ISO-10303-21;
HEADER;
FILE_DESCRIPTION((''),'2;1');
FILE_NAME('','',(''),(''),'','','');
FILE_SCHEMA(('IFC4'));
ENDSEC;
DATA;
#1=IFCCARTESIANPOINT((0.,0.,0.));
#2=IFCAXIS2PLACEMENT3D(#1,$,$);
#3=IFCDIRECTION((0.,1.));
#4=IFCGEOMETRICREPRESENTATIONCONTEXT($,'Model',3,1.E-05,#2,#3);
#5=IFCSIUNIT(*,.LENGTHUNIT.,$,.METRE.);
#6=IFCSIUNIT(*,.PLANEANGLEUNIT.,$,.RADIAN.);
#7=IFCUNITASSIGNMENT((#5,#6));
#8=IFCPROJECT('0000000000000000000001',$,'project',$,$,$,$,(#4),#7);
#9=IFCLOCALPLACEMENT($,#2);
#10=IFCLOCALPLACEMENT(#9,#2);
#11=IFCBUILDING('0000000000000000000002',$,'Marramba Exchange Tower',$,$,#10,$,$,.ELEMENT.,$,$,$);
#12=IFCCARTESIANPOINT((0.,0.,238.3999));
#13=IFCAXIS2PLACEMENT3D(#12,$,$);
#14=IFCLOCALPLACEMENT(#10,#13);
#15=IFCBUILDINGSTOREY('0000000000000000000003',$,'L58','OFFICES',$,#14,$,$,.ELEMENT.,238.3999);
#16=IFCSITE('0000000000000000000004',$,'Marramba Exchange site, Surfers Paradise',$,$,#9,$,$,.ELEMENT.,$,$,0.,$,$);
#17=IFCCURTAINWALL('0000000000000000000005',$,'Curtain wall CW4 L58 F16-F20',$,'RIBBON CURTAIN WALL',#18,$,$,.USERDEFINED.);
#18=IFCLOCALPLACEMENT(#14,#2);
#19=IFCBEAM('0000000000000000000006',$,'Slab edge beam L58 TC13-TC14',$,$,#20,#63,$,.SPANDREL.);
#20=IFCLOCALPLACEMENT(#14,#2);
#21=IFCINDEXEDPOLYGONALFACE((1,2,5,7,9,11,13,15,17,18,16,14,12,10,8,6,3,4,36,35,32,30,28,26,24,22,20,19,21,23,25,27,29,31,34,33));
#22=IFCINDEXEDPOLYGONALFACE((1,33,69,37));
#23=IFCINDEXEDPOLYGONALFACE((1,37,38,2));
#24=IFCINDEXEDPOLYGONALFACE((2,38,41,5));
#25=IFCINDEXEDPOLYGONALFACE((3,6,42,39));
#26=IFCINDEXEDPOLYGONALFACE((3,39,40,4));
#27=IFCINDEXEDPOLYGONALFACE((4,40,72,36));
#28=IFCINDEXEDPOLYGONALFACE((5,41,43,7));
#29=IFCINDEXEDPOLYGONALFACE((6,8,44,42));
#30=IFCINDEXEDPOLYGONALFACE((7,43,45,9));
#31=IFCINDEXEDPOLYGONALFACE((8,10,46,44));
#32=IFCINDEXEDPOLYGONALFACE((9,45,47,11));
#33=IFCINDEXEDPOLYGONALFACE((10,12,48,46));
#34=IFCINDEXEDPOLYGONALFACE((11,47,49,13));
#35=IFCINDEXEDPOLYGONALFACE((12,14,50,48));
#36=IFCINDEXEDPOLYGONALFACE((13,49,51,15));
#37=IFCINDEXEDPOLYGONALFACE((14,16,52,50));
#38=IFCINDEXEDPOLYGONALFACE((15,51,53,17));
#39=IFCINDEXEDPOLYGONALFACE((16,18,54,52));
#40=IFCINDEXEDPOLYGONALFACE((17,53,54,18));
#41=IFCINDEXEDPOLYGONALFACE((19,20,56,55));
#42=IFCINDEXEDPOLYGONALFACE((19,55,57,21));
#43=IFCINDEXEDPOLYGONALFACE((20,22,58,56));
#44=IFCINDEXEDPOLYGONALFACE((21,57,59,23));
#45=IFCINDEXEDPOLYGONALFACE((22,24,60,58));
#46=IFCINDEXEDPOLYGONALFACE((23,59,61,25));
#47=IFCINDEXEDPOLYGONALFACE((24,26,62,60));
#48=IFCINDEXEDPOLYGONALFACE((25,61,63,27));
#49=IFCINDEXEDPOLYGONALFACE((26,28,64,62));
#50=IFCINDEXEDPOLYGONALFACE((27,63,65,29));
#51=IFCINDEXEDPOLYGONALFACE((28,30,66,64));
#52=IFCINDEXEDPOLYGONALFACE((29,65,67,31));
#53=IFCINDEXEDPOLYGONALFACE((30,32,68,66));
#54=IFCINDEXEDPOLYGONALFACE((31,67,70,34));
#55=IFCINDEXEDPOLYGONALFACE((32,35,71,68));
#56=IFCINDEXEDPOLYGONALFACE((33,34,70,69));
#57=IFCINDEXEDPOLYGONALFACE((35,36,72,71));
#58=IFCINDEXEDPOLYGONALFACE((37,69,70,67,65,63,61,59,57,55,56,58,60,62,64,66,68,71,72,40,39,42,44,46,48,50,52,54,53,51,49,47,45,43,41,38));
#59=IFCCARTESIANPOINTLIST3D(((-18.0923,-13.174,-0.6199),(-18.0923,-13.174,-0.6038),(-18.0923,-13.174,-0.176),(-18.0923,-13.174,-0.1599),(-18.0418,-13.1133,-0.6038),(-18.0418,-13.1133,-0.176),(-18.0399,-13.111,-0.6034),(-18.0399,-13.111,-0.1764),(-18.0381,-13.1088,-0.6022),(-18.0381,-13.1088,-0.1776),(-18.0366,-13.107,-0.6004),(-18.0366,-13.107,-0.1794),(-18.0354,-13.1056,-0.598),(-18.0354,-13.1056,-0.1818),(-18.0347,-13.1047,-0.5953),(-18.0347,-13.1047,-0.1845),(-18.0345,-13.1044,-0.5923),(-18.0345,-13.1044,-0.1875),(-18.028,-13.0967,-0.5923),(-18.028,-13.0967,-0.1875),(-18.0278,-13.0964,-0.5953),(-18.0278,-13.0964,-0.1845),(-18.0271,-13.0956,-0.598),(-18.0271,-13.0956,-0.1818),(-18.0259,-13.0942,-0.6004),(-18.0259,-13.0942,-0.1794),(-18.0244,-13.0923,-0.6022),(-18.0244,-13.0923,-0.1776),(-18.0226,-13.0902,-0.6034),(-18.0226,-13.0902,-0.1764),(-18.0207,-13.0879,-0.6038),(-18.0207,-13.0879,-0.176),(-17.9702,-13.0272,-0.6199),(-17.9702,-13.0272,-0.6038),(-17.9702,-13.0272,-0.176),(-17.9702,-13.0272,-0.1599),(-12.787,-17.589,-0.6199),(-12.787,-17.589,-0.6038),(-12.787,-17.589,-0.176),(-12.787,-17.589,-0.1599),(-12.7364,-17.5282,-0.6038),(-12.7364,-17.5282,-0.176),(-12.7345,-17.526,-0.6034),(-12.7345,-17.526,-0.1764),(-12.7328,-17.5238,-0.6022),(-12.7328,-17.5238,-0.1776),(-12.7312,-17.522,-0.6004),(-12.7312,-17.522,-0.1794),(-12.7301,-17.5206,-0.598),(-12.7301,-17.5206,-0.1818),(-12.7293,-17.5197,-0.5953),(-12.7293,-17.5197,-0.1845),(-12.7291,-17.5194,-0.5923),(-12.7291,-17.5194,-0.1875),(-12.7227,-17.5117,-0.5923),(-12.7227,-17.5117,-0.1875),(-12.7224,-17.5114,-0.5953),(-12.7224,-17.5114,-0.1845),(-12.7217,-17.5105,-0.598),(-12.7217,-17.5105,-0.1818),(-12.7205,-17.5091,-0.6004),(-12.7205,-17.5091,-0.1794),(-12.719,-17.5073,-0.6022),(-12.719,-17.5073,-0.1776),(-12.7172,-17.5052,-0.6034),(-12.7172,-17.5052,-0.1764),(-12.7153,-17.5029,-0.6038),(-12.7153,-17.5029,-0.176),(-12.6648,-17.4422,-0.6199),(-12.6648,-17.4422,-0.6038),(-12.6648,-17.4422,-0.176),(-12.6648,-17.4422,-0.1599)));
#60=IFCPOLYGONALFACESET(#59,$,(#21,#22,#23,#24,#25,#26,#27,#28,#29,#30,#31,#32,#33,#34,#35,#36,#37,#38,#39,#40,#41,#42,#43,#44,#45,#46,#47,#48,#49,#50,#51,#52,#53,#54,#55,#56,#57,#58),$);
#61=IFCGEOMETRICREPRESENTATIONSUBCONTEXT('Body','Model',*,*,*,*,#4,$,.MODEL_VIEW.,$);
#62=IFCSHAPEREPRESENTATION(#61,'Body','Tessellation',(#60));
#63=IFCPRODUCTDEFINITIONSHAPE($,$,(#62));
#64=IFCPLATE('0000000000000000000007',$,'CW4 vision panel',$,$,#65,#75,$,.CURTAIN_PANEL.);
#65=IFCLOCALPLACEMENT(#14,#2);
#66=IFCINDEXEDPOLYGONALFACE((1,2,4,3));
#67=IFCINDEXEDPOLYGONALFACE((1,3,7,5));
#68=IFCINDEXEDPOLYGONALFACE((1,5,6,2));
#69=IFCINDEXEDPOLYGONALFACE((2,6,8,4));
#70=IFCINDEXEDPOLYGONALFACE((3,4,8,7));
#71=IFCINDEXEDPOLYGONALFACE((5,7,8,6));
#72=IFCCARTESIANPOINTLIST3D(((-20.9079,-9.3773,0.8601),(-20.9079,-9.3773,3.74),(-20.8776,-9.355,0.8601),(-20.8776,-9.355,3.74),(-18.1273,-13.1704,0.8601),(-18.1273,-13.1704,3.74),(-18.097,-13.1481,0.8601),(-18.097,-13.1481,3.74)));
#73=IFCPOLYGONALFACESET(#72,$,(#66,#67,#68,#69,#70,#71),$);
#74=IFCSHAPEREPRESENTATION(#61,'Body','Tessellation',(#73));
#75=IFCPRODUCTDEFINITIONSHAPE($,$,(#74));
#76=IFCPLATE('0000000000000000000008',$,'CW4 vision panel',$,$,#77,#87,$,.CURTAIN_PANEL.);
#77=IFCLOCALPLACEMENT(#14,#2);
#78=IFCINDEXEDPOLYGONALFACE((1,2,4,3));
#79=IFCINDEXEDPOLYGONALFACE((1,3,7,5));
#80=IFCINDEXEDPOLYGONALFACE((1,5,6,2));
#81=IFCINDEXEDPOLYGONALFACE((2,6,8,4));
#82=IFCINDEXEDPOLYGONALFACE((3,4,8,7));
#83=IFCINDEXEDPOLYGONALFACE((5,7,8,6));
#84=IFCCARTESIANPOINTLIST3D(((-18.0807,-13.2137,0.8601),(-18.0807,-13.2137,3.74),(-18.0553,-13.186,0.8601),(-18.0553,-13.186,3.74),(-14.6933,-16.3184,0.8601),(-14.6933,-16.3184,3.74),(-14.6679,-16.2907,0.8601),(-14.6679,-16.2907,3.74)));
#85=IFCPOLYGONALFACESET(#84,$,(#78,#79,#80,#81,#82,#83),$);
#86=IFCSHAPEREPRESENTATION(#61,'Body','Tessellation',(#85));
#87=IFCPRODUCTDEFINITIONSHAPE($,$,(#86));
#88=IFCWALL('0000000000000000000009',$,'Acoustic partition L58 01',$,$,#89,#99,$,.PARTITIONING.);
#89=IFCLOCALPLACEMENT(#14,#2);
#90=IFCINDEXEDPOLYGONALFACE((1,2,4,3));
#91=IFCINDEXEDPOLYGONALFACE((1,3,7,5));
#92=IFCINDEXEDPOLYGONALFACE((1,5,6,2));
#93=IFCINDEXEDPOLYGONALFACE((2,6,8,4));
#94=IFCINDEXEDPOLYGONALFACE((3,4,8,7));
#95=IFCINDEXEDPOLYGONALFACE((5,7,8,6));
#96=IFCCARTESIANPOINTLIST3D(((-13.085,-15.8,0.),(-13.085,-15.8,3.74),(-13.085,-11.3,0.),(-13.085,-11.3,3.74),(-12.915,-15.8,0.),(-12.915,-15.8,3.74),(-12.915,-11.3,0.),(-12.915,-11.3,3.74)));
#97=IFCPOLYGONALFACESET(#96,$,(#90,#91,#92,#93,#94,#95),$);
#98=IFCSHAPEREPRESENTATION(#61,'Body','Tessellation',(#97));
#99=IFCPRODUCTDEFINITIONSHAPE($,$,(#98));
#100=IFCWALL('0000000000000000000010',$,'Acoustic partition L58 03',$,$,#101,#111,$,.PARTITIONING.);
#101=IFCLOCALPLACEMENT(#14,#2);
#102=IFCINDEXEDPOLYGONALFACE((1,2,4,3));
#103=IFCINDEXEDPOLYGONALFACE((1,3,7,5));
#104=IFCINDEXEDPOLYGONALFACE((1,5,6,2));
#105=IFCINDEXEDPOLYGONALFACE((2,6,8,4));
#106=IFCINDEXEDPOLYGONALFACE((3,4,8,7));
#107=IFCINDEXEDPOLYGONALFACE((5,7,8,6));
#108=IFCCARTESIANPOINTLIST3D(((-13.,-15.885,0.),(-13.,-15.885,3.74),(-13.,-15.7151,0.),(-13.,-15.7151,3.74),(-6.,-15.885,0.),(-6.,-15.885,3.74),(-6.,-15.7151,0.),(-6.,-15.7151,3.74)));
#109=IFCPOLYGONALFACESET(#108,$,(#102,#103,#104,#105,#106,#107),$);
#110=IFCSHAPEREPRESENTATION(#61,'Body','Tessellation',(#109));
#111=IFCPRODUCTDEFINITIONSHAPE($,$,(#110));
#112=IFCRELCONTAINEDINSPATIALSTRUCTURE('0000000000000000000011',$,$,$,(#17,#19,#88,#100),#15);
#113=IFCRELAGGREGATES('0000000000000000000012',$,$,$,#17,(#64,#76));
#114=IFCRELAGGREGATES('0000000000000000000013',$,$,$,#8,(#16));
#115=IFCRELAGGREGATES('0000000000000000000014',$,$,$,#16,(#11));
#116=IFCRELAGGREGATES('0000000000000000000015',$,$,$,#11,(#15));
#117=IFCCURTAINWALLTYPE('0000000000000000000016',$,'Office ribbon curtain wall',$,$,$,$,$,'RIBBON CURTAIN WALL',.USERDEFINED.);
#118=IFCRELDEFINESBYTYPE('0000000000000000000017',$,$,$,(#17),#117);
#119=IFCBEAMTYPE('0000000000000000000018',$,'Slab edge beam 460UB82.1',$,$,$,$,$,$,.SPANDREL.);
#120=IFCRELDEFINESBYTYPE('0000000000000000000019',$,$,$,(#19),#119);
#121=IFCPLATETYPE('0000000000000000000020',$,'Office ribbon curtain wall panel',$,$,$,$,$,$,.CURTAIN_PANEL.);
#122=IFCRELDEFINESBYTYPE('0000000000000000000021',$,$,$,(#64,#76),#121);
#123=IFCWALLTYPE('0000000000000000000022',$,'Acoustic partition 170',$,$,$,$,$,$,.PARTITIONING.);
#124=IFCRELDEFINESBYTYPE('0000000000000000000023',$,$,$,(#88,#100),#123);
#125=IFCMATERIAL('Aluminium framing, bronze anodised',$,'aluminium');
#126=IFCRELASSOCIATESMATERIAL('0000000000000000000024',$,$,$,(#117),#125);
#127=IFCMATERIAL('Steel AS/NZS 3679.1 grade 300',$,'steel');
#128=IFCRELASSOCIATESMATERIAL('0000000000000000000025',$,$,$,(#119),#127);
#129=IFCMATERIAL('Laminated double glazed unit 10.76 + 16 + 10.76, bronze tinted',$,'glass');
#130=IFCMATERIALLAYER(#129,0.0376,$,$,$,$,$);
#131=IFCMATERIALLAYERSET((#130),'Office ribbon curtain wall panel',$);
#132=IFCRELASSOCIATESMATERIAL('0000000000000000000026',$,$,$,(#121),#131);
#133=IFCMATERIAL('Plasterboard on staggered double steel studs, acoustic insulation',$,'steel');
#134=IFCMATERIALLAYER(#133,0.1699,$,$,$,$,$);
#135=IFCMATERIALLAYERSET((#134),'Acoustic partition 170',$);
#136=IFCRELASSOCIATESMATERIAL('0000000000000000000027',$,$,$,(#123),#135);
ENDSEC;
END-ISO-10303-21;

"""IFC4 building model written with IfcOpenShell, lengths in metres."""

from ifc_helpers import new_model, si_unit, direction, frame, frame_2d, origin, origin_2d, place, context, subcontext, project, spatial, rectangle, i_section, extrude, material, layer, layer_set, material_profile, profile_set, type_object, element, aggregate, save


model = new_model("IFC4")

# Units and contexts
model_context = context("Model", 3, precision=1e-05, world=origin(), true_north=direction((0.0, 1.0)))
body_context = subcontext(model_context, "Body", "Model", "MODEL_VIEW")
ifc_project = project(units=[si_unit("LENGTHUNIT", "METRE"), si_unit("PLANEANGLEUNIT", "RADIAN")], contexts=[model_context])

# Site, building, storey
site_placement = place(None, origin())
site = spatial("IfcSite", under=ifc_project, at=site_placement, Name="Marramba Exchange site, Surfers Paradise", CompositionType="ELEMENT", RefElevation=0.0)
building_placement = place(site_placement, origin())
building = spatial("IfcBuilding", under=site, at=building_placement, Name="Marramba Exchange Tower", CompositionType="ELEMENT")
storey_placement = place(building_placement, frame((0.0, 0.0, 238.3999)))
storey = spatial("IfcBuildingStorey", under=building, at=storey_placement, Name="L58", Description="OFFICES", CompositionType="ELEMENT", Elevation=238.3999)

# Curtain wall
ifc_material_1 = material(Name="Aluminium framing, bronze anodised", Category="aluminium")
curtain_wall_type = type_object("IfcCurtainWallType", Name="Office ribbon curtain wall", ElementType="RIBBON CURTAIN WALL", PredefinedType="USERDEFINED", material=ifc_material_1)
curtain_wall_placement = place(storey_placement, origin())
curtain_wall = element("IfcCurtainWall", 1, at=curtain_wall_placement, inside=storey, type_object=curtain_wall_type, Name="Curtain wall CW4 L58 F16-F20", ObjectType="RIBBON CURTAIN WALL", PredefinedType="USERDEFINED")

# Beam
ifc_material_2 = material(Name="Steel AS/NZS 3679.1 grade 300", Category="steel")
ifc_material_profile_1 = material_profile(ifc_material_2, i_section(OverallWidth=0.1909, OverallDepth=0.46, WebThickness=0.01, FlangeThickness=0.0161, FilletRadius=0.0115, at=origin_2d()), Name="460UB82.1")
ifc_profile_set_1 = profile_set([ifc_material_profile_1], Name="Steel AS/NZS 3679.1 grade 300")
beam_type_1 = type_object("IfcBeamType", Name="Slab edge beam 460UB82.1", PredefinedType="SPANDREL", material=ifc_profile_set_1)
beam_1_placement = place(storey_placement, frame((-18.0312, -13.1006, -0.3899), z_axis=(0.768659, -0.639659, 0.0), x_axis=(0.639659, 0.768659, 0.0)))
element("IfcBeam", 2, at=beam_1_placement, inside=storey, type_object=beam_type_1, Name="Slab edge beam L58 TC13-TC14", PredefinedType="SPANDREL", context=body_context, shape_type="SweptSolid", body=[
    extrude(i_section(OverallWidth=0.1909, OverallDepth=0.46, WebThickness=0.01, FlangeThickness=0.0161, FilletRadius=0.0115, at=origin_2d()), origin(), (0.0, 0.0, 1.0), 6.9021),
])

# Plates
ifc_material_3 = material(Name="Laminated double glazed unit 10.76 + 16 + 10.76, bronze tinted", Category="glass")
ifc_layer_1 = layer(ifc_material_3, 0.0376)
ifc_layer_set_1 = layer_set([ifc_layer_1], Name="Office ribbon curtain wall panel")
plate_type = type_object("IfcPlateType", Name="Office ribbon curtain wall panel", PredefinedType="CURTAIN_PANEL", material=ifc_layer_set_1)
plate_1_placement = place(storey_placement, frame((-19.5024, -11.2627, 0.8601), z_axis=(0.0, 0.0, 1.0), x_axis=(0.591223, -0.806508, 0.0)))
plate_1 = element("IfcPlate", 3, at=plate_1_placement, type_object=plate_type, Name="CW4 vision panel", PredefinedType="CURTAIN_PANEL", context=body_context, shape_type="SweptSolid", body=[
    extrude(rectangle(XDim=4.7031, YDim=0.0376, at=origin_2d()), origin(), (0.0, 0.0, 1.0), 2.8799),
])
plate_2_placement = place(storey_placement, frame((-16.3743, -14.7522, 0.8601), z_axis=(0.0, 0.0, 1.0), x_axis=(0.737203, -0.675671, 0.0)))
plate_2 = element("IfcPlate", 4, at=plate_2_placement, type_object=plate_type, Name="CW4 vision panel", PredefinedType="CURTAIN_PANEL", context=body_context, shape_type="SweptSolid", body=[
    extrude(rectangle(XDim=4.595, YDim=0.0376, at=origin_2d()), origin(), (0.0, 0.0, 1.0), 2.8799),
])
aggregate(curtain_wall, [plate_1, plate_2])

# Walls
ifc_material_4 = material(Name="Plasterboard on staggered double steel studs, acoustic insulation", Category="steel")
ifc_layer_2 = layer(ifc_material_4, 0.1699)
ifc_layer_set_2 = layer_set([ifc_layer_2], Name="Acoustic partition 170")
wall_type_1 = type_object("IfcWallType", Name="Acoustic partition 170", PredefinedType="PARTITIONING", material=ifc_layer_set_2)
wall_1_placement = place(storey_placement, frame((-13.0, -11.3, 0.0), z_axis=(0.0, 0.0, 1.0), x_axis=(0.0, -1.0, 0.0)))
element("IfcWall", 5, at=wall_1_placement, inside=storey, type_object=wall_type_1, Name="Acoustic partition L58 01", PredefinedType="PARTITIONING", context=body_context, shape_type="SweptSolid", body=[
    extrude(rectangle(XDim=4.5, YDim=0.1699, at=frame_2d((2.25, 0.0))), origin(), (0.0, 0.0, 1.0), 3.74),
])
wall_2_placement = place(storey_placement, frame((-13.0, -15.8, 0.0), z_axis=(0.0, 0.0, 1.0), x_axis=(1.0, 0.0, 0.0)))
element("IfcWall", 6, at=wall_2_placement, inside=storey, type_object=wall_type_1, Name="Acoustic partition L58 03", PredefinedType="PARTITIONING", context=body_context, shape_type="SweptSolid", body=[
    extrude(rectangle(XDim=7.0, YDim=0.1699, at=frame_2d((3.5, 0.0))), origin(), (0.0, 0.0, 1.0), 3.74),
])

save(model, "model.ifc")
